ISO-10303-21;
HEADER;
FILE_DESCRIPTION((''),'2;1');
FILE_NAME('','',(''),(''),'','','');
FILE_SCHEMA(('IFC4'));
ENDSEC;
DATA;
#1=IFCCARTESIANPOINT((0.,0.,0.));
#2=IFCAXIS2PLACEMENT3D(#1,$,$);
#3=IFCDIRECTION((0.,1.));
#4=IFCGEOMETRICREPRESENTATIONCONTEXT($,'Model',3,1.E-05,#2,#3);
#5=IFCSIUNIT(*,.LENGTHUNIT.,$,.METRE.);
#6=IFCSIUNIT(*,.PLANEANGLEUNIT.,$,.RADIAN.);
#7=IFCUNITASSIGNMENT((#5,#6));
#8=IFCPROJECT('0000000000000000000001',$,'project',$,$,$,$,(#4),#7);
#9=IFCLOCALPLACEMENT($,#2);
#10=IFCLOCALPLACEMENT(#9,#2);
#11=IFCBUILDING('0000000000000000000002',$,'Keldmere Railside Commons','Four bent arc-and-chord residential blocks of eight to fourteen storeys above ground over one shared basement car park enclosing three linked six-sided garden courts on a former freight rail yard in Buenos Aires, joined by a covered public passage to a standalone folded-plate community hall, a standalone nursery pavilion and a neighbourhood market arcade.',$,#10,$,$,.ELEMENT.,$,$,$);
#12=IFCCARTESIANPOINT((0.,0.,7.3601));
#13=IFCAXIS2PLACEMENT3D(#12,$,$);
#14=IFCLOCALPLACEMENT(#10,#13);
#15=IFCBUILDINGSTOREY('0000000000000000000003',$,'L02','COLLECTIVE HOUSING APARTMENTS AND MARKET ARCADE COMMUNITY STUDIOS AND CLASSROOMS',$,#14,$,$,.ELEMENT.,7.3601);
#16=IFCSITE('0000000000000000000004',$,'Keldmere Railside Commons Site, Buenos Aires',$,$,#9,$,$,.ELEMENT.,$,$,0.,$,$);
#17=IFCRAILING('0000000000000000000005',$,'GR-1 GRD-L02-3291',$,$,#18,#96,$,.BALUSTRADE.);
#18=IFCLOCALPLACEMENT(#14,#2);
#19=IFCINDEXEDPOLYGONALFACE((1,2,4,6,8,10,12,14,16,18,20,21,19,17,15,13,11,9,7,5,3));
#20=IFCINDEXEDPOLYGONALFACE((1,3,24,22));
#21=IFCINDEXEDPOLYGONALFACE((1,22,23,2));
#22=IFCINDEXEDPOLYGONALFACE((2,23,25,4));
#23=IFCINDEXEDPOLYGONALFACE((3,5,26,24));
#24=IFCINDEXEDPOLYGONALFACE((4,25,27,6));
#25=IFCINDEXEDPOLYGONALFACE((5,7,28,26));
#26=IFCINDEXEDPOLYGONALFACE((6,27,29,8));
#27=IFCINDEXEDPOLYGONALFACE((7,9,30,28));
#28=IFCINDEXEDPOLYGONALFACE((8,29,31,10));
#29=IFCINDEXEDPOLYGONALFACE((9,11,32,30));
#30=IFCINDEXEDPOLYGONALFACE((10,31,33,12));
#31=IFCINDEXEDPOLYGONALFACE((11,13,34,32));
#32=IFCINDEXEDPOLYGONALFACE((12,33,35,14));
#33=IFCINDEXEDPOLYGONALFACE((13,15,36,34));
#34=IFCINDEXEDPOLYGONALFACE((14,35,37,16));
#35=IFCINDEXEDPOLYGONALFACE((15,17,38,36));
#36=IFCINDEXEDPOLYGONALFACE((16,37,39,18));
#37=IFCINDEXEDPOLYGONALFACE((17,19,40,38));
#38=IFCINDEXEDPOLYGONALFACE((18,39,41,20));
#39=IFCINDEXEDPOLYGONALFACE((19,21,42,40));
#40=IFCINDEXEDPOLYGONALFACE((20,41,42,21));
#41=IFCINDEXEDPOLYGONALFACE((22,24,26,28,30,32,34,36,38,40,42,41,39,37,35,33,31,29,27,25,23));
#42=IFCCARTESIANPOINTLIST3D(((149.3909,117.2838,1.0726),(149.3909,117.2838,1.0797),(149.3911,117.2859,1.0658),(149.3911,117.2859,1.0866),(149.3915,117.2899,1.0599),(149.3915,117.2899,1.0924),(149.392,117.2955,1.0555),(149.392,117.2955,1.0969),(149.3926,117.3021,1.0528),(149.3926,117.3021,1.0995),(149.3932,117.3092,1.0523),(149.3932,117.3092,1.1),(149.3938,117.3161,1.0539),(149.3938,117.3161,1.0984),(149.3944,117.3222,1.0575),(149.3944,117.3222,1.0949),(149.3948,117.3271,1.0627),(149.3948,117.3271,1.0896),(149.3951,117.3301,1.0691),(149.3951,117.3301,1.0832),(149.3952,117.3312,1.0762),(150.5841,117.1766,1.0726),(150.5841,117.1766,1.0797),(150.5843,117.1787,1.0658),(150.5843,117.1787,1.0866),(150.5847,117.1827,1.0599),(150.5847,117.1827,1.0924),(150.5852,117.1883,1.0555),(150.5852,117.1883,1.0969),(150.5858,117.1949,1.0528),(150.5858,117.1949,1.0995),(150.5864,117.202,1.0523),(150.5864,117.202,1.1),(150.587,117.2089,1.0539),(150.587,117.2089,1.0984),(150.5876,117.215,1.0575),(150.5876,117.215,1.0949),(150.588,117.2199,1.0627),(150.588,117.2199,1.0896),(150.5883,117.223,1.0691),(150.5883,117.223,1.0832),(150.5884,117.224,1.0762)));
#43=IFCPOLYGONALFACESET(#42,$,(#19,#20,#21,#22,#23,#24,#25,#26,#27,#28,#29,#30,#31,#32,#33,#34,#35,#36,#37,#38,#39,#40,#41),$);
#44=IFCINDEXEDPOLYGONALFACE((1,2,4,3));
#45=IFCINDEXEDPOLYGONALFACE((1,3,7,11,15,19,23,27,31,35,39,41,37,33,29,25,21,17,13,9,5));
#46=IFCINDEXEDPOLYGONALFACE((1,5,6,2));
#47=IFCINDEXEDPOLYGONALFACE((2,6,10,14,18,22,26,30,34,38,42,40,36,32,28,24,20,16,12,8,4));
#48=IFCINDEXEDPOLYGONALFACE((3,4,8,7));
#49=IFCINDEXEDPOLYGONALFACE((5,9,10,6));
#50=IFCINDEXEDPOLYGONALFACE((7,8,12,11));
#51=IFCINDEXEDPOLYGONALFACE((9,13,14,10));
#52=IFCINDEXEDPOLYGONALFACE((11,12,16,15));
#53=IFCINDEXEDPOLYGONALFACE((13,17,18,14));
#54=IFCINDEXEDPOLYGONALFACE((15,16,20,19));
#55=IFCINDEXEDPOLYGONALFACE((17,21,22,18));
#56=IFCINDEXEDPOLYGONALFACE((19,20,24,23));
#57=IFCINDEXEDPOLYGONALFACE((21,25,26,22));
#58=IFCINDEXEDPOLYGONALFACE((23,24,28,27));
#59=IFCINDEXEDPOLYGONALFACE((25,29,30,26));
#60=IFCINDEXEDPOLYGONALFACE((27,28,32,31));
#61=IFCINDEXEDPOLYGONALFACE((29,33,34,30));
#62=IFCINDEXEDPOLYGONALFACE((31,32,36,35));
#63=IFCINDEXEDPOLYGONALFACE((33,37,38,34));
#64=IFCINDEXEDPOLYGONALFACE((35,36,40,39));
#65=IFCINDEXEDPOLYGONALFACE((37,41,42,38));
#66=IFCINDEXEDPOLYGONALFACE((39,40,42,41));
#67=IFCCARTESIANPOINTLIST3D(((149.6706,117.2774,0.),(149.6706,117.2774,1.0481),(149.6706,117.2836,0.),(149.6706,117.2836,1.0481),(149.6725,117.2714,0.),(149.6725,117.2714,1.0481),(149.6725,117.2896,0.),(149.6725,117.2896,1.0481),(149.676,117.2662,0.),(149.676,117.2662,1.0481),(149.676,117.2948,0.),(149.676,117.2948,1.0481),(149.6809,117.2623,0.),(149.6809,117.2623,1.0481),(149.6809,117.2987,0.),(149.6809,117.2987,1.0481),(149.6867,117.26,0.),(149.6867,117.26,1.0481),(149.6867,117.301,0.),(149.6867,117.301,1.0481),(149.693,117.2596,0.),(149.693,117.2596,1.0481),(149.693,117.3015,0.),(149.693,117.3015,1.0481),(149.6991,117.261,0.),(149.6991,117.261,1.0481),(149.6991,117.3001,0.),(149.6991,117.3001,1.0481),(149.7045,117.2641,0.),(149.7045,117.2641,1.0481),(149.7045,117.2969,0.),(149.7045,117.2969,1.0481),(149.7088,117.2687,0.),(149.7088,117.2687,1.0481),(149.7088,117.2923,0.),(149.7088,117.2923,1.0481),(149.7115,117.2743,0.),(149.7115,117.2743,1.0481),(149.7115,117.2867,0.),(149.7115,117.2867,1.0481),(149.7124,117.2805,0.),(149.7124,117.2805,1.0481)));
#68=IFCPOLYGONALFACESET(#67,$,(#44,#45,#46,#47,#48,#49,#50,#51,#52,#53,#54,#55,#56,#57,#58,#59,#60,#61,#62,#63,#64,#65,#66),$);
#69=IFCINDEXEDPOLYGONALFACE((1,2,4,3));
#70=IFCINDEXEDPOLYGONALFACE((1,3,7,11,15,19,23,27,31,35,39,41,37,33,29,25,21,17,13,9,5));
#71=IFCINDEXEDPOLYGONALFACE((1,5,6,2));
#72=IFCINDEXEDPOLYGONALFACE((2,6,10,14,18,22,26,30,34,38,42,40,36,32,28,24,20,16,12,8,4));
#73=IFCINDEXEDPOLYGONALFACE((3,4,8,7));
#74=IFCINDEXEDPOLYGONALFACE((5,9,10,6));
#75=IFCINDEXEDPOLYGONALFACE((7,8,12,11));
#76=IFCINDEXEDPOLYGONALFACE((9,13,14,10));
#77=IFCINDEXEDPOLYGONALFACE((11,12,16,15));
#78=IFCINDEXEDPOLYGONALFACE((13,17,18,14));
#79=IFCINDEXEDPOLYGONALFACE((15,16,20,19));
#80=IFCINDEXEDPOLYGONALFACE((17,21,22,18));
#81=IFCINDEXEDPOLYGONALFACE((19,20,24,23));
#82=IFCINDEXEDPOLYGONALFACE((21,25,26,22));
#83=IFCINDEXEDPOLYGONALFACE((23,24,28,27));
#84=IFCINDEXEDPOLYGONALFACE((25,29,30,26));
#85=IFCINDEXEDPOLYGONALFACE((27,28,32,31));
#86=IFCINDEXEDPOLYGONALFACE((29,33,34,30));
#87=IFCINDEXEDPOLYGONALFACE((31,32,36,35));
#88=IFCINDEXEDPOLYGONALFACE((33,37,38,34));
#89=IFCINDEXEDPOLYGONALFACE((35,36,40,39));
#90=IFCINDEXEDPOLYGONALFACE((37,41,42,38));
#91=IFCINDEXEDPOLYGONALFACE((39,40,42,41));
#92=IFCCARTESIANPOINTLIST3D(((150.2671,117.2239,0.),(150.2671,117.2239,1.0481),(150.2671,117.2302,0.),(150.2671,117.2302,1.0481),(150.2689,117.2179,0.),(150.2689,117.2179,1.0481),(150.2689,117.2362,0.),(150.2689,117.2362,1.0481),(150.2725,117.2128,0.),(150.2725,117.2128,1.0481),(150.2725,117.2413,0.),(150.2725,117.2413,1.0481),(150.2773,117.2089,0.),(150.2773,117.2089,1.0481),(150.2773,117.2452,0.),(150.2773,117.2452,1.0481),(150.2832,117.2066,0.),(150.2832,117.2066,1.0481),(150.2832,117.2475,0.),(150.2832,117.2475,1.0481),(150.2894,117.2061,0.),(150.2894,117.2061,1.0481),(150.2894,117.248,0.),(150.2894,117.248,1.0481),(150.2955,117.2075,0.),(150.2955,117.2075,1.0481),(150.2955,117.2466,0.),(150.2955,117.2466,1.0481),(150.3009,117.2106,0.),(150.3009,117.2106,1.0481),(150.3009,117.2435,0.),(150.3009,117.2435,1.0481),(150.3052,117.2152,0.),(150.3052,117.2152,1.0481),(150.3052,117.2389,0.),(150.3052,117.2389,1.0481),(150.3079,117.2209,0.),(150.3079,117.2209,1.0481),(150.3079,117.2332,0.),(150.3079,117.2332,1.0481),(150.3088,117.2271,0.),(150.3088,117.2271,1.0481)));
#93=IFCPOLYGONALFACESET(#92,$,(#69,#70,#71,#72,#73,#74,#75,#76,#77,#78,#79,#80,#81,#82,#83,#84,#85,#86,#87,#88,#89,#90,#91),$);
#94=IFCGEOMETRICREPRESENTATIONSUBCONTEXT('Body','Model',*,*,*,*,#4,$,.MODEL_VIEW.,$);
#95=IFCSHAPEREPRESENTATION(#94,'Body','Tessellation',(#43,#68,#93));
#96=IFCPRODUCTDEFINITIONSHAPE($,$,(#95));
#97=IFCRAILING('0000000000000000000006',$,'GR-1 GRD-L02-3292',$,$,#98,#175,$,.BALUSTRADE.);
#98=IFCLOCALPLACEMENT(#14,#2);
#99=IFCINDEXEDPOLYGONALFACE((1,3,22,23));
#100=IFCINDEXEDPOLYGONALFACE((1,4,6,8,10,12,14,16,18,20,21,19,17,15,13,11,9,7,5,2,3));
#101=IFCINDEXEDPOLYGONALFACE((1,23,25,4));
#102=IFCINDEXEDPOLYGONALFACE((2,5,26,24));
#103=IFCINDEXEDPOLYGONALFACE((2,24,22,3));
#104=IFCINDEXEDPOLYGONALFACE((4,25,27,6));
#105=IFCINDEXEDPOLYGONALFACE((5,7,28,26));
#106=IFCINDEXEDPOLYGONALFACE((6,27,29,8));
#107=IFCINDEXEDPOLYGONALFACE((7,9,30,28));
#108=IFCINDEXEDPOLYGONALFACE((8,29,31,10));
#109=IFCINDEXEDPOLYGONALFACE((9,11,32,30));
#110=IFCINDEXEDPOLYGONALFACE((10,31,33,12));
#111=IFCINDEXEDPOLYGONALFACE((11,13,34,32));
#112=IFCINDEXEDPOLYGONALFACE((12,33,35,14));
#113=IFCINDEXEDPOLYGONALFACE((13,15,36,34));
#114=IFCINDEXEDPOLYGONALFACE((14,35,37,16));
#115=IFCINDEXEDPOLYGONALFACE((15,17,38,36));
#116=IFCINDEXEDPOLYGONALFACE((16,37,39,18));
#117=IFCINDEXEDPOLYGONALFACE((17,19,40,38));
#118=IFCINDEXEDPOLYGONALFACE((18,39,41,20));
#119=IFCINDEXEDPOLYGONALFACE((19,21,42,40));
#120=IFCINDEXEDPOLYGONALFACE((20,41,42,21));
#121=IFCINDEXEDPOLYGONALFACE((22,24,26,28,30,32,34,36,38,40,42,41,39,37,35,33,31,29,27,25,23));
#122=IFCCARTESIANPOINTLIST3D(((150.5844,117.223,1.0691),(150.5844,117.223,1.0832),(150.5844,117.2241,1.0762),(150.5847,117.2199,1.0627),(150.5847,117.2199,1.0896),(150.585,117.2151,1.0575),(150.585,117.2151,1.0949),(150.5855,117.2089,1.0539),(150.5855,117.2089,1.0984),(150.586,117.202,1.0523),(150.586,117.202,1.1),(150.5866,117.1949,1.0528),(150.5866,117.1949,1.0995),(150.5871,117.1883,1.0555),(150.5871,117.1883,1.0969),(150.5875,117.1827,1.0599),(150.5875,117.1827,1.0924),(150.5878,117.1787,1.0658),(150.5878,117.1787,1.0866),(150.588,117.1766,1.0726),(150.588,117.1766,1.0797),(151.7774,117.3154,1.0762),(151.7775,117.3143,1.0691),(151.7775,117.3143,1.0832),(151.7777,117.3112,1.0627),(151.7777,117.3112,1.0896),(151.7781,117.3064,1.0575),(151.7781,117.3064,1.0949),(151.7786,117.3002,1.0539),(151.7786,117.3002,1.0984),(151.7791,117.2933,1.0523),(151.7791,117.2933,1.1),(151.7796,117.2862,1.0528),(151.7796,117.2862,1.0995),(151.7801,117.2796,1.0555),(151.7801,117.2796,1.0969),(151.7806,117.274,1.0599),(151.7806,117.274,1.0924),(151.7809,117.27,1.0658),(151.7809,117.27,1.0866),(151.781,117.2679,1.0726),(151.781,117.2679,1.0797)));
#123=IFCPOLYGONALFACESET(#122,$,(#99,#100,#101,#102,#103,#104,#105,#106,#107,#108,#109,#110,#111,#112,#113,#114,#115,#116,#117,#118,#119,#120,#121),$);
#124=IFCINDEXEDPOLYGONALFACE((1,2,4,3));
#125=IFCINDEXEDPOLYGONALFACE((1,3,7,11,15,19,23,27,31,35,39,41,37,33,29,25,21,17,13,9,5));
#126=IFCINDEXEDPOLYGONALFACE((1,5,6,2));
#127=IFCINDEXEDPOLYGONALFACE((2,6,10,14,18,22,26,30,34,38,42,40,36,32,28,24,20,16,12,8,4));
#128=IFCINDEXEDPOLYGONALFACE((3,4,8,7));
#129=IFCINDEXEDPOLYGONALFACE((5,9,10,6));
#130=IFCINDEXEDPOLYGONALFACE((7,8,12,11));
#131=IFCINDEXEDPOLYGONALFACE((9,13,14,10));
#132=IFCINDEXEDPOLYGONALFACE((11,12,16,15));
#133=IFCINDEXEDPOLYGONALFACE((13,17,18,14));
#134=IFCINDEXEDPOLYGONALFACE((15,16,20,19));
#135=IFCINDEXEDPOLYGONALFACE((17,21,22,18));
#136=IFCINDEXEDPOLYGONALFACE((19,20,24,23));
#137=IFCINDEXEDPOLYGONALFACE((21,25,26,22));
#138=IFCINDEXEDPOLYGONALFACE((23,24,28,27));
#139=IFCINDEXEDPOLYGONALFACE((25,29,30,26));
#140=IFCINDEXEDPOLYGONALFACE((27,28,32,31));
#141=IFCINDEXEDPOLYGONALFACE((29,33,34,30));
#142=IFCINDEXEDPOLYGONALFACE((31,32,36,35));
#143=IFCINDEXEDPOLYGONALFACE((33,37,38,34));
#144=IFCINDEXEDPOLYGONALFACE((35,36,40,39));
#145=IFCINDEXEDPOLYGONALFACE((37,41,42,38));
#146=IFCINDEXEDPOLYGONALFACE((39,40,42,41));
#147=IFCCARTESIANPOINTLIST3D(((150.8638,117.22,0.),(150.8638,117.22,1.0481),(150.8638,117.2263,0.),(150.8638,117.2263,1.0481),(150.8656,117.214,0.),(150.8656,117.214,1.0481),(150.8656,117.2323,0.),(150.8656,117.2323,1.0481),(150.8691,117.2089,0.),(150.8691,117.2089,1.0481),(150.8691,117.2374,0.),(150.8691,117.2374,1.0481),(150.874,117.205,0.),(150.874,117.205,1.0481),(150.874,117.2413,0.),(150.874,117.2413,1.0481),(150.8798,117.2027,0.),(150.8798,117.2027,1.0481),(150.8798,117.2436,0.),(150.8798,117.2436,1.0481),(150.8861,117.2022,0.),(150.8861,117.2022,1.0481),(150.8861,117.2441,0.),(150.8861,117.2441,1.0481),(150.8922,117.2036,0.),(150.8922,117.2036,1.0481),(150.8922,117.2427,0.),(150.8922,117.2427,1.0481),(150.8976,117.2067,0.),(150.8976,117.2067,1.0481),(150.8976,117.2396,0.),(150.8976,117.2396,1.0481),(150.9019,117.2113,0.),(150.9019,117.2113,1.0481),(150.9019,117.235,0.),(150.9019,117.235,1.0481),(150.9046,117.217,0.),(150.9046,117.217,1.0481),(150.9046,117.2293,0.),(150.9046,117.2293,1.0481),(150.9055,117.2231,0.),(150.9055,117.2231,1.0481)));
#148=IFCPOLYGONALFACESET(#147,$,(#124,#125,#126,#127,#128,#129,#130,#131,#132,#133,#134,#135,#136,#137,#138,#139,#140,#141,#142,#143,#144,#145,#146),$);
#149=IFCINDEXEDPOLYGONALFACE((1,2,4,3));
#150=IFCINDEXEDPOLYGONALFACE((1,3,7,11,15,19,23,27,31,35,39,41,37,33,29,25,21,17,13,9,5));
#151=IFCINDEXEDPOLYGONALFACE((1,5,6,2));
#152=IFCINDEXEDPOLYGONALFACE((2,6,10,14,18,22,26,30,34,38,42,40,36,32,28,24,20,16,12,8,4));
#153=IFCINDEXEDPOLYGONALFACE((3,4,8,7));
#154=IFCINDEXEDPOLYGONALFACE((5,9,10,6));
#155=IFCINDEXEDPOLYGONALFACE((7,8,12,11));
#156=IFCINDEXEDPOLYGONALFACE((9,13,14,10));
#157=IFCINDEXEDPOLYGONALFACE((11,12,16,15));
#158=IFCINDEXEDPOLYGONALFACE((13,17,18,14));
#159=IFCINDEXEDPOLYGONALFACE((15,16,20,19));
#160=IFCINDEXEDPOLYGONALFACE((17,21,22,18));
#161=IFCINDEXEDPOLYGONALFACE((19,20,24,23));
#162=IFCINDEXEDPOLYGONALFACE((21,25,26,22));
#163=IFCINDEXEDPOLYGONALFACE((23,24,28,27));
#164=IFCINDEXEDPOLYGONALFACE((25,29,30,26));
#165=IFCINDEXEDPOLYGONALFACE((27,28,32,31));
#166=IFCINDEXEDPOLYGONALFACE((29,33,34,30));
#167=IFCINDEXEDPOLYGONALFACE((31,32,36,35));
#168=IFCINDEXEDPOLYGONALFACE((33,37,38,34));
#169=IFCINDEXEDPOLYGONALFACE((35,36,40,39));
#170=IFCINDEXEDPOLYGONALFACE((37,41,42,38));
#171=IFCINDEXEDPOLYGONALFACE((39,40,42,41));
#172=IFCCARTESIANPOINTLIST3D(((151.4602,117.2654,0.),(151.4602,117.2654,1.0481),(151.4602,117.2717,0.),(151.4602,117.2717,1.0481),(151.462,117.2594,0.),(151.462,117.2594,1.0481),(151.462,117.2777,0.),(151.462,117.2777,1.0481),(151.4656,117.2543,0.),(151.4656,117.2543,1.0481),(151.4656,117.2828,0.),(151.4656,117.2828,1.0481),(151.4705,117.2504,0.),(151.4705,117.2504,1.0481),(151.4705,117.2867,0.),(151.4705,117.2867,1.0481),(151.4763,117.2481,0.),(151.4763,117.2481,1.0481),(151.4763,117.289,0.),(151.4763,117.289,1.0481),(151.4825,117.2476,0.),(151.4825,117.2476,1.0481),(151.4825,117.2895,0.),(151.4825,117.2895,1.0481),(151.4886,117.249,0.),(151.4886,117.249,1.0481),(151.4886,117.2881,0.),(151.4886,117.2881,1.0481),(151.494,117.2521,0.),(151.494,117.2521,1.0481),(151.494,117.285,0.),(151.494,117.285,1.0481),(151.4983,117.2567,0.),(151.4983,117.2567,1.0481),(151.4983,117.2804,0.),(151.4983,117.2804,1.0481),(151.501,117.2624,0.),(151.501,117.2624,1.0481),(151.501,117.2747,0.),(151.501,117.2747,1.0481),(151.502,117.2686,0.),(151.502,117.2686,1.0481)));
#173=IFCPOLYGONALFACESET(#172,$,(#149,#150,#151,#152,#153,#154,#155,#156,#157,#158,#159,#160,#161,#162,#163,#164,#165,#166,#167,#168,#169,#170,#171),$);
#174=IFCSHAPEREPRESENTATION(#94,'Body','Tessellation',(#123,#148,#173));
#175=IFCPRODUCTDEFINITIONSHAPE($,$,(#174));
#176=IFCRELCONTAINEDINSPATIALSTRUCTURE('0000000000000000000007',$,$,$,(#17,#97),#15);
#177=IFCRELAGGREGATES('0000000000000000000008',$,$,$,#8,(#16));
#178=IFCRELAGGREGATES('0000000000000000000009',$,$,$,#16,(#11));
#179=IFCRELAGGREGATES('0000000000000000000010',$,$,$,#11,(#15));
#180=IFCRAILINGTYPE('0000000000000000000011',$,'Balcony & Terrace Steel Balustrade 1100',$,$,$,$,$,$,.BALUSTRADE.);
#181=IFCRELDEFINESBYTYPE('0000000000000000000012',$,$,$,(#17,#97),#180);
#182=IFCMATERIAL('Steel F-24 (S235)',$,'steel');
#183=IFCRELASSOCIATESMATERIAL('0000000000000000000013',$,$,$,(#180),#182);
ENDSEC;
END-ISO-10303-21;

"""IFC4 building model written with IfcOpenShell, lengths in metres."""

from ifc_helpers import new_model, si_unit, direction, frame, origin, origin_2d, place, context, subcontext, project, spatial, circle, extrude, material, type_object, element, save


model = new_model("IFC4")

# Units and contexts
model_context = context("Model", 3, precision=1e-05, world=origin(), true_north=direction((0.0, 1.0)))
body_context = subcontext(model_context, "Body", "Model", "MODEL_VIEW")
ifc_project = project(units=[si_unit("LENGTHUNIT", "METRE"), si_unit("PLANEANGLEUNIT", "RADIAN")], contexts=[model_context])

# Site, building, storey
site_placement = place(None, origin())
site = spatial("IfcSite", under=ifc_project, at=site_placement, Name="Keldmere Railside Commons Site, Buenos Aires", CompositionType="ELEMENT", RefElevation=0.0)
building_placement = place(site_placement, origin())
building = spatial("IfcBuilding", under=site, at=building_placement, Name="Keldmere Railside Commons", Description="Four bent arc-and-chord residential blocks of eight to fourteen storeys above ground over one shared basement car park enclosing three linked six-sided garden courts on a former freight rail yard in Buenos Aires, joined by a covered public passage to a standalone folded-plate community hall, a standalone nursery pavilion and a neighbourhood market arcade.", CompositionType="ELEMENT")
storey_placement = place(building_placement, frame((0.0, 0.0, 7.3601)))
storey = spatial("IfcBuildingStorey", under=building, at=storey_placement, Name="L02", Description="COLLECTIVE HOUSING APARTMENTS AND MARKET ARCADE COMMUNITY STUDIOS AND CLASSROOMS", CompositionType="ELEMENT", Elevation=7.3601)

# Railings
ifc_material_1 = material(Name="Steel F-24 (S235)", Category="steel")
railing_type = type_object("IfcRailingType", Name="Balcony & Terrace Steel Balustrade 1100", PredefinedType="BALUSTRADE", material=ifc_material_1)
railing_1_placement = place(storey_placement, frame((149.3931, 117.3074, 0.0)))
element("IfcRailing", 1, at=railing_1_placement, inside=storey, type_object=railing_type, Name="GR-1 GRD-L02-3291", PredefinedType="BALUSTRADE", context=body_context, shape_type="SweptSolid", body=[
    extrude(circle(Radius=0.0239, at=origin_2d()), frame((0.0, 0.0, 1.0762), z_axis=(0.99599, -0.08947, 0.0), x_axis=(0.08947, 0.99599, 0.0)), (0.0, 0.0, 1.0), 1.198),
    extrude(circle(Radius=0.021, at=origin_2d()), frame((0.2983, -0.0269, 0.0)), (0.0, 0.0, 1.0), 1.0481),
    extrude(circle(Radius=0.021, at=origin_2d()), frame((0.8948, -0.0803, 0.0)), (0.0, 0.0, 1.0), 1.0481),
])
railing_2_placement = place(storey_placement, frame((150.5862, 117.2002, 0.0)))
element("IfcRailing", 2, at=railing_2_placement, inside=storey, type_object=railing_type, Name="GR-1 GRD-L02-3292", PredefinedType="BALUSTRADE", context=body_context, shape_type="SweptSolid", body=[
    extrude(circle(Radius=0.0239, at=origin_2d()), frame((0.0, 0.0, 1.0762), z_axis=(0.997084, 0.076306, 0.0), x_axis=(-0.076306, 0.997084, 0.0)), (0.0, 0.0, 1.0), 1.1965),
    extrude(circle(Radius=0.021, at=origin_2d()), frame((0.2983, 0.0229, 0.0)), (0.0, 0.0, 1.0), 1.0481),
    extrude(circle(Radius=0.021, at=origin_2d()), frame((0.8948, 0.0684, 0.0)), (0.0, 0.0, 1.0), 1.0481),
])

save(model, "model.ifc")
